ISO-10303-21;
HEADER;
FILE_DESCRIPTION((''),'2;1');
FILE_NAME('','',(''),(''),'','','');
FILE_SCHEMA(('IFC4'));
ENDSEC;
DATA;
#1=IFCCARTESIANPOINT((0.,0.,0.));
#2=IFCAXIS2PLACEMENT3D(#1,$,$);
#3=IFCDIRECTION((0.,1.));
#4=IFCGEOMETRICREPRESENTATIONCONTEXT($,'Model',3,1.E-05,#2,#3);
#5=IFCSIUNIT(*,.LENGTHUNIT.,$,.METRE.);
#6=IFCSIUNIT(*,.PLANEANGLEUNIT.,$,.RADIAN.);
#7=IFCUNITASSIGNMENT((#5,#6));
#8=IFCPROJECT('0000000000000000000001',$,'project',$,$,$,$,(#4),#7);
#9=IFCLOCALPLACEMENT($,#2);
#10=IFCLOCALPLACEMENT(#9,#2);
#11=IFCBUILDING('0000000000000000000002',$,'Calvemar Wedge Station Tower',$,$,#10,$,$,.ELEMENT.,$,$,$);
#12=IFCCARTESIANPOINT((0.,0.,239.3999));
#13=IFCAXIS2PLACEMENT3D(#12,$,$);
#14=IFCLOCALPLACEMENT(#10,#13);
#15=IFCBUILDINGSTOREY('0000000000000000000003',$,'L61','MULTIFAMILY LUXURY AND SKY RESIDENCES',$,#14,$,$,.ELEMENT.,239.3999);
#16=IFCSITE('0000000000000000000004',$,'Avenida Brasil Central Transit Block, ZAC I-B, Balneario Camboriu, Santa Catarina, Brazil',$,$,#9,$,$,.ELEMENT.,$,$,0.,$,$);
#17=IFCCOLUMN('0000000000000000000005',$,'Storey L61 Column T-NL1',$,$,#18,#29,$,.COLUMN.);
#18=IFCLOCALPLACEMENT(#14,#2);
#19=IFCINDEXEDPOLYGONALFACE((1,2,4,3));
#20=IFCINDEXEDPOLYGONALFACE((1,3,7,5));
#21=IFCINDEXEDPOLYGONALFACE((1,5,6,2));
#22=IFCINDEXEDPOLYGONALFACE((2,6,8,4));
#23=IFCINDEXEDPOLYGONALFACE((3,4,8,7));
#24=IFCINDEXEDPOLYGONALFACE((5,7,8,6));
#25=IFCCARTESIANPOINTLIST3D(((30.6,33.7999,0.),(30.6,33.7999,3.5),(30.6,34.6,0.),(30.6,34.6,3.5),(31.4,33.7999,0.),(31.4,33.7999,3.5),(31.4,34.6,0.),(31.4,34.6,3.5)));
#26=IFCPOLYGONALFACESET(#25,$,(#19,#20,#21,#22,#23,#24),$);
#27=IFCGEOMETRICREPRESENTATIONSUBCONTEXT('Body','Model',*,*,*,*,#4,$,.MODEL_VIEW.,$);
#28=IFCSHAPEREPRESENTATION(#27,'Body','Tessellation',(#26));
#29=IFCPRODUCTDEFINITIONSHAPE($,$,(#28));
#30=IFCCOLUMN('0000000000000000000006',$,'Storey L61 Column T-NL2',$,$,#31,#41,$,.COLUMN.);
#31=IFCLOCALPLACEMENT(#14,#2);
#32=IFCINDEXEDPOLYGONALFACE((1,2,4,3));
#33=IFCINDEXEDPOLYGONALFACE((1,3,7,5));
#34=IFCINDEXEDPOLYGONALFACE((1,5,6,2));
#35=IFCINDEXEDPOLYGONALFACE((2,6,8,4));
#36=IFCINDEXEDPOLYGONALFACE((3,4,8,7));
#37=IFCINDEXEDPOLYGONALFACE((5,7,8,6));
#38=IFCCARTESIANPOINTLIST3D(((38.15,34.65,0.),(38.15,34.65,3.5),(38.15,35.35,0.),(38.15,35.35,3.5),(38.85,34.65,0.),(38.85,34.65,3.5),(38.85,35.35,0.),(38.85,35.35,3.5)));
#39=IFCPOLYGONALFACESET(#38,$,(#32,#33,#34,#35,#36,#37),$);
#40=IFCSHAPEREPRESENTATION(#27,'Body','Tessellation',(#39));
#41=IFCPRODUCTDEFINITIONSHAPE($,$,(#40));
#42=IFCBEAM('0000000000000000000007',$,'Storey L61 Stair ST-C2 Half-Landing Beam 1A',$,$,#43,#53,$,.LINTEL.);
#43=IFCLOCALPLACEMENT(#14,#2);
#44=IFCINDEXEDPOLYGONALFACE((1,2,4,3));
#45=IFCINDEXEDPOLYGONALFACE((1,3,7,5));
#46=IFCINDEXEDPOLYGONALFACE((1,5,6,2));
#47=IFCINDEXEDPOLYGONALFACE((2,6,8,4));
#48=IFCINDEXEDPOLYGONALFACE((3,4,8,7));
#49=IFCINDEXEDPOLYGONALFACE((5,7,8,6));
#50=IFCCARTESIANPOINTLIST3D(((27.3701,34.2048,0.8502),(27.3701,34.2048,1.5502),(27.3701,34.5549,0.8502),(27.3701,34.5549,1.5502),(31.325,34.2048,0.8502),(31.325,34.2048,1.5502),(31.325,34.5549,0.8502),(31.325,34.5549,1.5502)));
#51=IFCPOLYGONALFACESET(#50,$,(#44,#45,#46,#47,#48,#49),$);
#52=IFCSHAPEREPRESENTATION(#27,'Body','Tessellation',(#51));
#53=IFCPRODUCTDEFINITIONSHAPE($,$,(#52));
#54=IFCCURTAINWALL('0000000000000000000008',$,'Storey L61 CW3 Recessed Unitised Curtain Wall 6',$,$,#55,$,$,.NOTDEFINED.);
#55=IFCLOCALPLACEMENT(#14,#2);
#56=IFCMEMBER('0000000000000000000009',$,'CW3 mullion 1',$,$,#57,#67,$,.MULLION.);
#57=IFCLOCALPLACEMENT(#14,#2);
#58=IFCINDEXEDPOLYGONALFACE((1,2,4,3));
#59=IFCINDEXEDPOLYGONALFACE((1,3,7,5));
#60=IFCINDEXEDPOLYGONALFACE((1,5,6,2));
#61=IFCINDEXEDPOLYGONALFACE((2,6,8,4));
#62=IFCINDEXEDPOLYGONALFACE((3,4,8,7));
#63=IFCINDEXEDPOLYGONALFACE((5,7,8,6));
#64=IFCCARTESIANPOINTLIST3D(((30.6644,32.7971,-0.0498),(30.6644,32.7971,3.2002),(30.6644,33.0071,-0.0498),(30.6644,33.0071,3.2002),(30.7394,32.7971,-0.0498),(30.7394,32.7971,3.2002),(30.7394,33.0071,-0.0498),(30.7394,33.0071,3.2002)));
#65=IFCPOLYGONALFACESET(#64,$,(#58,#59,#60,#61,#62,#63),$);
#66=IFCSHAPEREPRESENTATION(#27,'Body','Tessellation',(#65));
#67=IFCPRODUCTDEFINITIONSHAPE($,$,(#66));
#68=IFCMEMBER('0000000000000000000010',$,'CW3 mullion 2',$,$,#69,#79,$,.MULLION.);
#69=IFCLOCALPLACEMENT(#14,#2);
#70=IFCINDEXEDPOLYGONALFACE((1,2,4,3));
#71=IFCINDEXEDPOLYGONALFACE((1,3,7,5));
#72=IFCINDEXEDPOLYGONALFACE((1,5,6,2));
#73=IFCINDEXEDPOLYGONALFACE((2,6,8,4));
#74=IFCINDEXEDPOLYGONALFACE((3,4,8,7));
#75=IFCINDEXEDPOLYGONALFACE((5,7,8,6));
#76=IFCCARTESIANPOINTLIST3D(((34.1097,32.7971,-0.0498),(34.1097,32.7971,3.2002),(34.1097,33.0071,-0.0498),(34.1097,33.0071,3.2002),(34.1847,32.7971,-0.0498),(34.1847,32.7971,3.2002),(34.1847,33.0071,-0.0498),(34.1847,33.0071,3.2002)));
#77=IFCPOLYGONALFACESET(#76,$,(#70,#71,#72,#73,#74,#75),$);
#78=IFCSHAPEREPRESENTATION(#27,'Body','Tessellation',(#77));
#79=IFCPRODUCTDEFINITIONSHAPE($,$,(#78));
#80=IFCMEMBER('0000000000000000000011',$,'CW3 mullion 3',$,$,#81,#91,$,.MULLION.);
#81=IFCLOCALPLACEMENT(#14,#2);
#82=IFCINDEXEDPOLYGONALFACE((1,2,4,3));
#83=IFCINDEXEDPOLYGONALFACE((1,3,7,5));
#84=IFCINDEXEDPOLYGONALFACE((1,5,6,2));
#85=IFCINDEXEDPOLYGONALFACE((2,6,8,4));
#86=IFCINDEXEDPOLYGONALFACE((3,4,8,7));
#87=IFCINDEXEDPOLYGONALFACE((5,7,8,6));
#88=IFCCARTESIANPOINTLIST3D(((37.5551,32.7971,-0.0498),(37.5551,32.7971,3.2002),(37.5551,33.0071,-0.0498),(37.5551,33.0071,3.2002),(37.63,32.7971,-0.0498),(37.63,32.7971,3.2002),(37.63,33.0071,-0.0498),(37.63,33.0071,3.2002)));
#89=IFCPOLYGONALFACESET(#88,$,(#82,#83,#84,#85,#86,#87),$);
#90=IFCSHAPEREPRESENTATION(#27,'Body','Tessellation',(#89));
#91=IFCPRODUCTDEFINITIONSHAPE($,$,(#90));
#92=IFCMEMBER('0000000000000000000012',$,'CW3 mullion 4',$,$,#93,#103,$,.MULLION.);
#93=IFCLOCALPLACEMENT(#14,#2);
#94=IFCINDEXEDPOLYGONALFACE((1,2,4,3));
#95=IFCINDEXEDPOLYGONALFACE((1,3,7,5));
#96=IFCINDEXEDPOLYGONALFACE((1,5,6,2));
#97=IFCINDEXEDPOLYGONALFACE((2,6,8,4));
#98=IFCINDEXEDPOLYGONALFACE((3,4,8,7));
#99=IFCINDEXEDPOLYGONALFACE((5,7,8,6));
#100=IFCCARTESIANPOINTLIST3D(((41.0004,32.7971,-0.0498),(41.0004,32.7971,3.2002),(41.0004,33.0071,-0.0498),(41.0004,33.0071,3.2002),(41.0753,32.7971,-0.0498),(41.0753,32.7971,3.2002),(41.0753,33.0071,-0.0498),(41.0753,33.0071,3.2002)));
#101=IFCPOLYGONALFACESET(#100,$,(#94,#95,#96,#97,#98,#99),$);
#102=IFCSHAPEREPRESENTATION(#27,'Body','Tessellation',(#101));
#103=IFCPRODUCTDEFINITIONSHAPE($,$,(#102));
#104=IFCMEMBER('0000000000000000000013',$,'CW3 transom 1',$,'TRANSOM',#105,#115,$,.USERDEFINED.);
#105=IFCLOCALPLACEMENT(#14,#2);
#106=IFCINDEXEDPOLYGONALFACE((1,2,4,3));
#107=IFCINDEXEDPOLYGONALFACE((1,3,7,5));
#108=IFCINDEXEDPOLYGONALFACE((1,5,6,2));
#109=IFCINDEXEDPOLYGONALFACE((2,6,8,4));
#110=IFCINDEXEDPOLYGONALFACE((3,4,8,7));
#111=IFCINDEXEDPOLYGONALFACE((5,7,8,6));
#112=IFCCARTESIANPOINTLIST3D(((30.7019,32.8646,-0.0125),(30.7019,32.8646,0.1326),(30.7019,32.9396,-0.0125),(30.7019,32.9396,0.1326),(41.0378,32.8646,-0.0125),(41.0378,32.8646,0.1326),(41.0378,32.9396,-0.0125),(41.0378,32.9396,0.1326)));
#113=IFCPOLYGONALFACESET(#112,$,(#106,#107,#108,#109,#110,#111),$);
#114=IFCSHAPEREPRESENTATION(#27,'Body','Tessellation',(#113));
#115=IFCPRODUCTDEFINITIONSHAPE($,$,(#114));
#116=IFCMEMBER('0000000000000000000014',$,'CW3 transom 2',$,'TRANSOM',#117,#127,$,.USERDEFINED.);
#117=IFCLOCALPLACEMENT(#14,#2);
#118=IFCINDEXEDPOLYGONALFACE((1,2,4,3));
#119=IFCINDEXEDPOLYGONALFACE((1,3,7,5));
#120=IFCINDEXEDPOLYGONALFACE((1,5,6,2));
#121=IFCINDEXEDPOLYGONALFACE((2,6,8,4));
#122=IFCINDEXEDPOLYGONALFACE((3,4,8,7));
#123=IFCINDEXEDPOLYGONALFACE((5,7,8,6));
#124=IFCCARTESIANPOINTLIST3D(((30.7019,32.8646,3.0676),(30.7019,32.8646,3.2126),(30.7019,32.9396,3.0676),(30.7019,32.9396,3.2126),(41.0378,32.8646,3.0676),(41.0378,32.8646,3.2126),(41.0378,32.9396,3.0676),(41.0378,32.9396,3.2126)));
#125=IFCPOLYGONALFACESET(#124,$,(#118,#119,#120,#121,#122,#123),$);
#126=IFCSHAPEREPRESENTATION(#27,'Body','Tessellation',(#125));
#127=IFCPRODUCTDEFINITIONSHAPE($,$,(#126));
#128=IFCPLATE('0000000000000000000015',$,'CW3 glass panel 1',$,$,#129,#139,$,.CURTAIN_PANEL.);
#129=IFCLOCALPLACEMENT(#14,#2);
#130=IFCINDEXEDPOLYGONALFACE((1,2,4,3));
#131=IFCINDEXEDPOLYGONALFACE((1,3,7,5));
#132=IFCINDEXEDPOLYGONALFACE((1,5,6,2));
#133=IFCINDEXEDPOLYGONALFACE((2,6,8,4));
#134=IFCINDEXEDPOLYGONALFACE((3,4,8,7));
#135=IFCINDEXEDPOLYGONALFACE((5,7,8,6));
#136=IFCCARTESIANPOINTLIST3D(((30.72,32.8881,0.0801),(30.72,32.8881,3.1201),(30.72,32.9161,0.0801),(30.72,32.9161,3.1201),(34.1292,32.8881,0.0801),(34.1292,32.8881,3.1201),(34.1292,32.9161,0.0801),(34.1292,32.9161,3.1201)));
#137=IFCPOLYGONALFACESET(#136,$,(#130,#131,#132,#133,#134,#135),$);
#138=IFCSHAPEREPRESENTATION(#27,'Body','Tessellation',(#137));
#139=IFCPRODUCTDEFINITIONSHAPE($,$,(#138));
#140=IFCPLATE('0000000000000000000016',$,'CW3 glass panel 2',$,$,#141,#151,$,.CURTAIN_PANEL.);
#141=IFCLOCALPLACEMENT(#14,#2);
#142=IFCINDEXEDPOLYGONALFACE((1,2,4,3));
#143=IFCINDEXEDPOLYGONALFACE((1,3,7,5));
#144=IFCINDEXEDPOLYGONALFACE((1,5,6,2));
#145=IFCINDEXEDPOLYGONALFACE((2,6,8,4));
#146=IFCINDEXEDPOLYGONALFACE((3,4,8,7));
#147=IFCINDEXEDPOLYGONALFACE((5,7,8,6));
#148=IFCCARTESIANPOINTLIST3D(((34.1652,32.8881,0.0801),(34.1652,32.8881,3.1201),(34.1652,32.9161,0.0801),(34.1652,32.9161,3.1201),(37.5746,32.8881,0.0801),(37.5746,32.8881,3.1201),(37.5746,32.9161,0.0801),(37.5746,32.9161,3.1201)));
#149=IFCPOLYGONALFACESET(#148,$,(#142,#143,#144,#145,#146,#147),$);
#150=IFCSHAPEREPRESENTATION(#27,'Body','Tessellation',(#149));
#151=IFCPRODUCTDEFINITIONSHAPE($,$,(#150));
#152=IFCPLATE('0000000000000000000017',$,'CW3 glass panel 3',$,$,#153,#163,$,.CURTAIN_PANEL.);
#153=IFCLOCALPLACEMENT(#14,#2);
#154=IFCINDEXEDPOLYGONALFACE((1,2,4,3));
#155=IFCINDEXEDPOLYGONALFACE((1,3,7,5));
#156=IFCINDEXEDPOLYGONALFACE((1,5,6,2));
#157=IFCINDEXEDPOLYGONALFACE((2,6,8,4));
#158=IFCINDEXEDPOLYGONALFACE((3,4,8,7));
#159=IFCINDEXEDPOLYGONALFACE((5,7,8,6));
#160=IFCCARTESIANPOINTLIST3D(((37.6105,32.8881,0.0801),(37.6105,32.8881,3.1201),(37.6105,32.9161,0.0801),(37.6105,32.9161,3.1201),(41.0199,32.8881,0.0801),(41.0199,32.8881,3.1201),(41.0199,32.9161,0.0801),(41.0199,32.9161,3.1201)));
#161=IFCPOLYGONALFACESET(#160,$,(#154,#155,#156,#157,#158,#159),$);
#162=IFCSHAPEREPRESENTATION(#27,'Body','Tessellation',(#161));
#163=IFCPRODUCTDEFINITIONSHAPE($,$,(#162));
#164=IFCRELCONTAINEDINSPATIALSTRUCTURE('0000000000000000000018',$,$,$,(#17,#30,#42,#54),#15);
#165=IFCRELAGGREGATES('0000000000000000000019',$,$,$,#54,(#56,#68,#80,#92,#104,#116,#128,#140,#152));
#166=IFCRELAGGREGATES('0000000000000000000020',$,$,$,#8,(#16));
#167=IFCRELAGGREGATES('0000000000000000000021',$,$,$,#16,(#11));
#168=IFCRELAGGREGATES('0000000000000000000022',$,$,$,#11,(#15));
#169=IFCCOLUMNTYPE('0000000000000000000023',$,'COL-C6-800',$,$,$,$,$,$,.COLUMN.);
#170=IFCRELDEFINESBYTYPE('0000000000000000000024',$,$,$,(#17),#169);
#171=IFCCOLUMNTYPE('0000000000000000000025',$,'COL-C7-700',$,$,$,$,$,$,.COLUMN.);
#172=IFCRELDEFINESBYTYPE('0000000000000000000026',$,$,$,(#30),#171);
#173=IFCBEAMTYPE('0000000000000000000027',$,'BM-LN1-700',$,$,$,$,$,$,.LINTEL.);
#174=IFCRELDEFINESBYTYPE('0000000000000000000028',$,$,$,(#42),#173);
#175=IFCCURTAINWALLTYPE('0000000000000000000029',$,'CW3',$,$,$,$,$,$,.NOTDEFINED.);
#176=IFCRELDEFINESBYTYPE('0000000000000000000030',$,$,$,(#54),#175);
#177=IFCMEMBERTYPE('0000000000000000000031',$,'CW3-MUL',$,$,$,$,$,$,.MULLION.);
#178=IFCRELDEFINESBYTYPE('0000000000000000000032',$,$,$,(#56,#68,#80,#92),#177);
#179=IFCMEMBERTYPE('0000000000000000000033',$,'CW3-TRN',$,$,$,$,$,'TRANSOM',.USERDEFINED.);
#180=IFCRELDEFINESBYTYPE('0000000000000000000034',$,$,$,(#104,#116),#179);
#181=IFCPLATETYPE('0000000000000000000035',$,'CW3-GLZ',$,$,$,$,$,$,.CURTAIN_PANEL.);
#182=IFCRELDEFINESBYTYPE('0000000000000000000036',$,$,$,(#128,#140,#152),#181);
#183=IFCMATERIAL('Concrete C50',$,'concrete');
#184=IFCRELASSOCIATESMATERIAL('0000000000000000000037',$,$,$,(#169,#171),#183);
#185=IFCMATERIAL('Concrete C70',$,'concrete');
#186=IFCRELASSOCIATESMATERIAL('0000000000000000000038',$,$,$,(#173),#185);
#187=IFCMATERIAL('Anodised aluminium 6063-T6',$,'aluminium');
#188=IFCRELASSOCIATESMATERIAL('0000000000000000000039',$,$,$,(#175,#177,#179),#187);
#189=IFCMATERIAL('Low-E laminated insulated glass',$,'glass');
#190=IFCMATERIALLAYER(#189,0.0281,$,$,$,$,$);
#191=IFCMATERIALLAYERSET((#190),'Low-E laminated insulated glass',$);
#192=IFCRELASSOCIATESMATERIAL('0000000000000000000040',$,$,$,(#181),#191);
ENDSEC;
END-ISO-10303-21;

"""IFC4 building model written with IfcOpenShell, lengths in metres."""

from ifc_helpers import new_model, si_unit, direction, frame, frame_2d, origin, origin_2d, place, context, subcontext, project, spatial, rectangle, extrude, source, transform, mapped, material, layer, layer_set, material_profile, profile_set, type_object, element, aggregate, save


model = new_model("IFC4")

# Units and contexts
model_context = context("Model", 3, precision=1e-05, world=origin(), true_north=direction((0.0, 1.0)))
body_context = subcontext(model_context, "Body", "Model", "MODEL_VIEW")
ifc_project = project(units=[si_unit("LENGTHUNIT", "METRE"), si_unit("PLANEANGLEUNIT", "RADIAN")], contexts=[model_context])

# Site, building, storey
site_placement = place(None, origin())
site = spatial("IfcSite", under=ifc_project, at=site_placement, Name="Avenida Brasil Central Transit Block, ZAC I-B, Balneario Camboriu, Santa Catarina, Brazil", CompositionType="ELEMENT", RefElevation=0.0)
building_placement = place(site_placement, origin())
building = spatial("IfcBuilding", under=site, at=building_placement, Name="Calvemar Wedge Station Tower", CompositionType="ELEMENT")
storey_placement = place(building_placement, frame((0.0, 0.0, 239.3999)))
storey = spatial("IfcBuildingStorey", under=building, at=storey_placement, Name="L61", Description="MULTIFAMILY LUXURY AND SKY RESIDENCES", CompositionType="ELEMENT", Elevation=239.3999)

# Columns
ifc_material_1 = material(Name="Concrete C50", Category="concrete")
ifc_material_profile_1 = material_profile(ifc_material_1, rectangle(XDim=0.8, YDim=0.8, at=origin_2d()), Name="RC800x800")
ifc_profile_set_1 = profile_set([ifc_material_profile_1], Name="Concrete C50")
column_type_1 = type_object("IfcColumnType", Name="COL-C6-800", PredefinedType="COLUMN", material=ifc_profile_set_1)
shared_shape_1 = source(origin(), body_context, "Body", "SweptSolid", [
    extrude(rectangle(XDim=0.8, YDim=0.8, at=origin_2d()), origin(), (0.0, 0.0, 1.0), 3.5),
])
column_1_placement = place(storey_placement, frame((31.0, 34.2, 0.0), z_axis=(0.0, 0.0, 1.0), x_axis=(1.0, 0.0, 0.0)))
element("IfcColumn", 1, at=column_1_placement, inside=storey, type_object=column_type_1, Name="Storey L61 Column T-NL1", PredefinedType="COLUMN", context=body_context, shape_type="MappedRepresentation", body=[
    mapped(shared_shape_1, transform((0.0, 0.0, 0.0), scale=1.0)),
])
ifc_material_profile_2 = material_profile(ifc_material_1, rectangle(XDim=0.7, YDim=0.7, at=origin_2d()), Name="RC700x700")
ifc_profile_set_2 = profile_set([ifc_material_profile_2], Name="Concrete C50")
column_type_2 = type_object("IfcColumnType", Name="COL-C7-700", PredefinedType="COLUMN", material=ifc_profile_set_2)
shared_shape_2 = source(origin(), body_context, "Body", "SweptSolid", [
    extrude(rectangle(XDim=0.7, YDim=0.7, at=origin_2d()), origin(), (0.0, 0.0, 1.0), 3.5),
])
column_2_placement = place(storey_placement, frame((38.5, 35.0, 0.0), z_axis=(0.0, 0.0, 1.0), x_axis=(1.0, 0.0, 0.0)))
element("IfcColumn", 2, at=column_2_placement, inside=storey, type_object=column_type_2, Name="Storey L61 Column T-NL2", PredefinedType="COLUMN", context=body_context, shape_type="MappedRepresentation", body=[
    mapped(shared_shape_2, transform((0.0, 0.0, 0.0), scale=1.0)),
])

# Beam
ifc_material_2 = material(Name="Concrete C70", Category="concrete")
ifc_material_profile_3 = material_profile(ifc_material_2, rectangle(XDim=0.3501, YDim=0.7, at=origin_2d()), Name="RC350x700")
ifc_profile_set_3 = profile_set([ifc_material_profile_3], Name="Concrete C70")
beam_type = type_object("IfcBeamType", Name="BM-LN1-700", PredefinedType="LINTEL", material=ifc_profile_set_3)
shared_shape_3 = source(origin(), body_context, "Body", "SweptSolid", [
    extrude(rectangle(XDim=0.3501, YDim=0.7, at=origin_2d()), origin(), (0.0, 0.0, 1.0), 3.9548),
])
beam_placement = place(storey_placement, frame((27.3701, 34.3799, 1.2002), z_axis=(1.0, 0.0, 0.0), x_axis=(0.0, 1.0, 0.0)))
element("IfcBeam", 3, at=beam_placement, inside=storey, type_object=beam_type, Name="Storey L61 Stair ST-C2 Half-Landing Beam 1A", PredefinedType="LINTEL", context=body_context, shape_type="MappedRepresentation", body=[
    mapped(shared_shape_3, transform((0.0, 0.0, 0.0), scale=1.0)),
])

# Curtain wall, members, plates
ifc_material_3 = material(Name="Anodised aluminium 6063-T6", Category="aluminium")
curtain_wall_type = type_object("IfcCurtainWallType", Name="CW3", PredefinedType="NOTDEFINED", material=ifc_material_3)
curtain_wall_placement = place(storey_placement, origin())
curtain_wall = element("IfcCurtainWall", 4, at=curtain_wall_placement, inside=storey, type_object=curtain_wall_type, Name="Storey L61 CW3 Recessed Unitised Curtain Wall 6", PredefinedType="NOTDEFINED")
ifc_material_profile_4 = material_profile(ifc_material_3, rectangle(XDim=0.075, YDim=0.21, at=origin_2d()), Name="AL-MUL-75x210")
ifc_profile_set_4 = profile_set([ifc_material_profile_4], Name="Anodised aluminium 6063-T6")
member_type_1 = type_object("IfcMemberType", Name="CW3-MUL", PredefinedType="MULLION", material=ifc_profile_set_4)
shared_shape_4 = source(origin(), body_context, "Body", "SweptSolid", [
    extrude(rectangle(XDim=0.075, YDim=0.21, at=origin_2d()), origin(), (0.0, 0.0, 1.0), 3.25),
])
member_1_placement = place(storey_placement, frame((30.7019, 32.9021, -0.0498), z_axis=(0.0, 0.0, 1.0), x_axis=(1.0, 0.0, 0.0)))
member_1 = element("IfcMember", 5, at=member_1_placement, type_object=member_type_1, Name="CW3 mullion 1", PredefinedType="MULLION", context=body_context, shape_type="MappedRepresentation", body=[
    mapped(shared_shape_4, transform((0.0, 0.0, 0.0), scale=1.0)),
])
member_2_placement = place(storey_placement, frame((34.1472, 32.9021, -0.0498), z_axis=(0.0, 0.0, 1.0), x_axis=(1.0, 0.0, 0.0)))
member_2 = element("IfcMember", 6, at=member_2_placement, type_object=member_type_1, Name="CW3 mullion 2", PredefinedType="MULLION", context=body_context, shape_type="MappedRepresentation", body=[
    mapped(shared_shape_4, transform((0.0, 0.0, 0.0), scale=1.0)),
])
member_3_placement = place(storey_placement, frame((37.5925, 32.9021, -0.0498), z_axis=(0.0, 0.0, 1.0), x_axis=(1.0, 0.0, 0.0)))
member_3 = element("IfcMember", 7, at=member_3_placement, type_object=member_type_1, Name="CW3 mullion 3", PredefinedType="MULLION", context=body_context, shape_type="MappedRepresentation", body=[
    mapped(shared_shape_4, transform((0.0, 0.0, 0.0), scale=1.0)),
])
member_4_placement = place(storey_placement, frame((41.0378, 32.9021, -0.0498), z_axis=(0.0, 0.0, 1.0), x_axis=(1.0, 0.0, 0.0)))
member_4 = element("IfcMember", 8, at=member_4_placement, type_object=member_type_1, Name="CW3 mullion 4", PredefinedType="MULLION", context=body_context, shape_type="MappedRepresentation", body=[
    mapped(shared_shape_4, transform((0.0, 0.0, 0.0), scale=1.0)),
])
ifc_material_profile_5 = material_profile(ifc_material_3, rectangle(XDim=0.075, YDim=0.145, at=origin_2d()), Name="AL-TRN-75x145")
ifc_profile_set_5 = profile_set([ifc_material_profile_5], Name="Anodised aluminium 6063-T6")
member_type_2 = type_object("IfcMemberType", Name="CW3-TRN", ElementType="TRANSOM", PredefinedType="USERDEFINED", material=ifc_profile_set_5)
shared_shape_5 = source(origin(), body_context, "Body", "SweptSolid", [
    extrude(rectangle(XDim=0.075, YDim=0.145, at=origin_2d()), origin(), (0.0, 0.0, 1.0), 10.3359),
])
member_5_placement = place(storey_placement, frame((30.7019, 32.9021, 0.0601), z_axis=(1.0, 0.0, 0.0), x_axis=(0.0, 1.0, 0.0)))
member_5 = element("IfcMember", 9, at=member_5_placement, type_object=member_type_2, Name="CW3 transom 1", ObjectType="TRANSOM", PredefinedType="USERDEFINED", context=body_context, shape_type="MappedRepresentation", body=[
    mapped(shared_shape_5, transform((0.0, 0.0, 0.0), scale=1.0)),
])
member_6_placement = place(storey_placement, frame((30.7019, 32.9021, 3.1401), z_axis=(1.0, 0.0, 0.0), x_axis=(0.0, 1.0, 0.0)))
member_6 = element("IfcMember", 10, at=member_6_placement, type_object=member_type_2, Name="CW3 transom 2", ObjectType="TRANSOM", PredefinedType="USERDEFINED", context=body_context, shape_type="MappedRepresentation", body=[
    mapped(shared_shape_5, transform((0.0, 0.0, 0.0), scale=1.0)),
])
ifc_material_4 = material(Name="Low-E laminated insulated glass", Category="glass")
ifc_layer_1 = layer(ifc_material_4, 0.0281)
ifc_layer_set_1 = layer_set([ifc_layer_1], Name="Low-E laminated insulated glass")
plate_type = type_object("IfcPlateType", Name="CW3-GLZ", PredefinedType="CURTAIN_PANEL", material=ifc_layer_set_1)
plate_1_placement = place(storey_placement, frame((30.72, 32.9021, 0.0801), z_axis=(0.0, 0.0, 1.0), x_axis=(1.0, 0.0, 0.0)))
plate_1 = element("IfcPlate", 11, at=plate_1_placement, type_object=plate_type, Name="CW3 glass panel 1", PredefinedType="CURTAIN_PANEL", context=body_context, shape_type="SweptSolid", body=[
    extrude(rectangle(XDim=3.4092, YDim=0.0281, at=frame_2d((1.7046, 0.0))), origin(), (0.0, 0.0, 1.0), 3.04),
])
plate_2_placement = place(storey_placement, frame((34.1653, 32.9021, 0.0801), z_axis=(0.0, 0.0, 1.0), x_axis=(1.0, 0.0, 0.0)))
plate_2 = element("IfcPlate", 12, at=plate_2_placement, type_object=plate_type, Name="CW3 glass panel 2", PredefinedType="CURTAIN_PANEL", context=body_context, shape_type="SweptSolid", body=[
    extrude(rectangle(XDim=3.4094, YDim=0.0281, at=frame_2d((1.7046, 0.0))), origin(), (0.0, 0.0, 1.0), 3.04),
])
plate_3_placement = place(storey_placement, frame((37.6106, 32.9021, 0.0801), z_axis=(0.0, 0.0, 1.0), x_axis=(1.0, 0.0, 0.0)))
plate_3 = element("IfcPlate", 13, at=plate_3_placement, type_object=plate_type, Name="CW3 glass panel 3", PredefinedType="CURTAIN_PANEL", context=body_context, shape_type="SweptSolid", body=[
    extrude(rectangle(XDim=3.4094, YDim=0.0281, at=frame_2d((1.7046, 0.0))), origin(), (0.0, 0.0, 1.0), 3.04),
])
aggregate(curtain_wall, [member_1, member_2, member_3, member_4, member_5, member_6, plate_1, plate_2, plate_3])

save(model, "model.ifc")
